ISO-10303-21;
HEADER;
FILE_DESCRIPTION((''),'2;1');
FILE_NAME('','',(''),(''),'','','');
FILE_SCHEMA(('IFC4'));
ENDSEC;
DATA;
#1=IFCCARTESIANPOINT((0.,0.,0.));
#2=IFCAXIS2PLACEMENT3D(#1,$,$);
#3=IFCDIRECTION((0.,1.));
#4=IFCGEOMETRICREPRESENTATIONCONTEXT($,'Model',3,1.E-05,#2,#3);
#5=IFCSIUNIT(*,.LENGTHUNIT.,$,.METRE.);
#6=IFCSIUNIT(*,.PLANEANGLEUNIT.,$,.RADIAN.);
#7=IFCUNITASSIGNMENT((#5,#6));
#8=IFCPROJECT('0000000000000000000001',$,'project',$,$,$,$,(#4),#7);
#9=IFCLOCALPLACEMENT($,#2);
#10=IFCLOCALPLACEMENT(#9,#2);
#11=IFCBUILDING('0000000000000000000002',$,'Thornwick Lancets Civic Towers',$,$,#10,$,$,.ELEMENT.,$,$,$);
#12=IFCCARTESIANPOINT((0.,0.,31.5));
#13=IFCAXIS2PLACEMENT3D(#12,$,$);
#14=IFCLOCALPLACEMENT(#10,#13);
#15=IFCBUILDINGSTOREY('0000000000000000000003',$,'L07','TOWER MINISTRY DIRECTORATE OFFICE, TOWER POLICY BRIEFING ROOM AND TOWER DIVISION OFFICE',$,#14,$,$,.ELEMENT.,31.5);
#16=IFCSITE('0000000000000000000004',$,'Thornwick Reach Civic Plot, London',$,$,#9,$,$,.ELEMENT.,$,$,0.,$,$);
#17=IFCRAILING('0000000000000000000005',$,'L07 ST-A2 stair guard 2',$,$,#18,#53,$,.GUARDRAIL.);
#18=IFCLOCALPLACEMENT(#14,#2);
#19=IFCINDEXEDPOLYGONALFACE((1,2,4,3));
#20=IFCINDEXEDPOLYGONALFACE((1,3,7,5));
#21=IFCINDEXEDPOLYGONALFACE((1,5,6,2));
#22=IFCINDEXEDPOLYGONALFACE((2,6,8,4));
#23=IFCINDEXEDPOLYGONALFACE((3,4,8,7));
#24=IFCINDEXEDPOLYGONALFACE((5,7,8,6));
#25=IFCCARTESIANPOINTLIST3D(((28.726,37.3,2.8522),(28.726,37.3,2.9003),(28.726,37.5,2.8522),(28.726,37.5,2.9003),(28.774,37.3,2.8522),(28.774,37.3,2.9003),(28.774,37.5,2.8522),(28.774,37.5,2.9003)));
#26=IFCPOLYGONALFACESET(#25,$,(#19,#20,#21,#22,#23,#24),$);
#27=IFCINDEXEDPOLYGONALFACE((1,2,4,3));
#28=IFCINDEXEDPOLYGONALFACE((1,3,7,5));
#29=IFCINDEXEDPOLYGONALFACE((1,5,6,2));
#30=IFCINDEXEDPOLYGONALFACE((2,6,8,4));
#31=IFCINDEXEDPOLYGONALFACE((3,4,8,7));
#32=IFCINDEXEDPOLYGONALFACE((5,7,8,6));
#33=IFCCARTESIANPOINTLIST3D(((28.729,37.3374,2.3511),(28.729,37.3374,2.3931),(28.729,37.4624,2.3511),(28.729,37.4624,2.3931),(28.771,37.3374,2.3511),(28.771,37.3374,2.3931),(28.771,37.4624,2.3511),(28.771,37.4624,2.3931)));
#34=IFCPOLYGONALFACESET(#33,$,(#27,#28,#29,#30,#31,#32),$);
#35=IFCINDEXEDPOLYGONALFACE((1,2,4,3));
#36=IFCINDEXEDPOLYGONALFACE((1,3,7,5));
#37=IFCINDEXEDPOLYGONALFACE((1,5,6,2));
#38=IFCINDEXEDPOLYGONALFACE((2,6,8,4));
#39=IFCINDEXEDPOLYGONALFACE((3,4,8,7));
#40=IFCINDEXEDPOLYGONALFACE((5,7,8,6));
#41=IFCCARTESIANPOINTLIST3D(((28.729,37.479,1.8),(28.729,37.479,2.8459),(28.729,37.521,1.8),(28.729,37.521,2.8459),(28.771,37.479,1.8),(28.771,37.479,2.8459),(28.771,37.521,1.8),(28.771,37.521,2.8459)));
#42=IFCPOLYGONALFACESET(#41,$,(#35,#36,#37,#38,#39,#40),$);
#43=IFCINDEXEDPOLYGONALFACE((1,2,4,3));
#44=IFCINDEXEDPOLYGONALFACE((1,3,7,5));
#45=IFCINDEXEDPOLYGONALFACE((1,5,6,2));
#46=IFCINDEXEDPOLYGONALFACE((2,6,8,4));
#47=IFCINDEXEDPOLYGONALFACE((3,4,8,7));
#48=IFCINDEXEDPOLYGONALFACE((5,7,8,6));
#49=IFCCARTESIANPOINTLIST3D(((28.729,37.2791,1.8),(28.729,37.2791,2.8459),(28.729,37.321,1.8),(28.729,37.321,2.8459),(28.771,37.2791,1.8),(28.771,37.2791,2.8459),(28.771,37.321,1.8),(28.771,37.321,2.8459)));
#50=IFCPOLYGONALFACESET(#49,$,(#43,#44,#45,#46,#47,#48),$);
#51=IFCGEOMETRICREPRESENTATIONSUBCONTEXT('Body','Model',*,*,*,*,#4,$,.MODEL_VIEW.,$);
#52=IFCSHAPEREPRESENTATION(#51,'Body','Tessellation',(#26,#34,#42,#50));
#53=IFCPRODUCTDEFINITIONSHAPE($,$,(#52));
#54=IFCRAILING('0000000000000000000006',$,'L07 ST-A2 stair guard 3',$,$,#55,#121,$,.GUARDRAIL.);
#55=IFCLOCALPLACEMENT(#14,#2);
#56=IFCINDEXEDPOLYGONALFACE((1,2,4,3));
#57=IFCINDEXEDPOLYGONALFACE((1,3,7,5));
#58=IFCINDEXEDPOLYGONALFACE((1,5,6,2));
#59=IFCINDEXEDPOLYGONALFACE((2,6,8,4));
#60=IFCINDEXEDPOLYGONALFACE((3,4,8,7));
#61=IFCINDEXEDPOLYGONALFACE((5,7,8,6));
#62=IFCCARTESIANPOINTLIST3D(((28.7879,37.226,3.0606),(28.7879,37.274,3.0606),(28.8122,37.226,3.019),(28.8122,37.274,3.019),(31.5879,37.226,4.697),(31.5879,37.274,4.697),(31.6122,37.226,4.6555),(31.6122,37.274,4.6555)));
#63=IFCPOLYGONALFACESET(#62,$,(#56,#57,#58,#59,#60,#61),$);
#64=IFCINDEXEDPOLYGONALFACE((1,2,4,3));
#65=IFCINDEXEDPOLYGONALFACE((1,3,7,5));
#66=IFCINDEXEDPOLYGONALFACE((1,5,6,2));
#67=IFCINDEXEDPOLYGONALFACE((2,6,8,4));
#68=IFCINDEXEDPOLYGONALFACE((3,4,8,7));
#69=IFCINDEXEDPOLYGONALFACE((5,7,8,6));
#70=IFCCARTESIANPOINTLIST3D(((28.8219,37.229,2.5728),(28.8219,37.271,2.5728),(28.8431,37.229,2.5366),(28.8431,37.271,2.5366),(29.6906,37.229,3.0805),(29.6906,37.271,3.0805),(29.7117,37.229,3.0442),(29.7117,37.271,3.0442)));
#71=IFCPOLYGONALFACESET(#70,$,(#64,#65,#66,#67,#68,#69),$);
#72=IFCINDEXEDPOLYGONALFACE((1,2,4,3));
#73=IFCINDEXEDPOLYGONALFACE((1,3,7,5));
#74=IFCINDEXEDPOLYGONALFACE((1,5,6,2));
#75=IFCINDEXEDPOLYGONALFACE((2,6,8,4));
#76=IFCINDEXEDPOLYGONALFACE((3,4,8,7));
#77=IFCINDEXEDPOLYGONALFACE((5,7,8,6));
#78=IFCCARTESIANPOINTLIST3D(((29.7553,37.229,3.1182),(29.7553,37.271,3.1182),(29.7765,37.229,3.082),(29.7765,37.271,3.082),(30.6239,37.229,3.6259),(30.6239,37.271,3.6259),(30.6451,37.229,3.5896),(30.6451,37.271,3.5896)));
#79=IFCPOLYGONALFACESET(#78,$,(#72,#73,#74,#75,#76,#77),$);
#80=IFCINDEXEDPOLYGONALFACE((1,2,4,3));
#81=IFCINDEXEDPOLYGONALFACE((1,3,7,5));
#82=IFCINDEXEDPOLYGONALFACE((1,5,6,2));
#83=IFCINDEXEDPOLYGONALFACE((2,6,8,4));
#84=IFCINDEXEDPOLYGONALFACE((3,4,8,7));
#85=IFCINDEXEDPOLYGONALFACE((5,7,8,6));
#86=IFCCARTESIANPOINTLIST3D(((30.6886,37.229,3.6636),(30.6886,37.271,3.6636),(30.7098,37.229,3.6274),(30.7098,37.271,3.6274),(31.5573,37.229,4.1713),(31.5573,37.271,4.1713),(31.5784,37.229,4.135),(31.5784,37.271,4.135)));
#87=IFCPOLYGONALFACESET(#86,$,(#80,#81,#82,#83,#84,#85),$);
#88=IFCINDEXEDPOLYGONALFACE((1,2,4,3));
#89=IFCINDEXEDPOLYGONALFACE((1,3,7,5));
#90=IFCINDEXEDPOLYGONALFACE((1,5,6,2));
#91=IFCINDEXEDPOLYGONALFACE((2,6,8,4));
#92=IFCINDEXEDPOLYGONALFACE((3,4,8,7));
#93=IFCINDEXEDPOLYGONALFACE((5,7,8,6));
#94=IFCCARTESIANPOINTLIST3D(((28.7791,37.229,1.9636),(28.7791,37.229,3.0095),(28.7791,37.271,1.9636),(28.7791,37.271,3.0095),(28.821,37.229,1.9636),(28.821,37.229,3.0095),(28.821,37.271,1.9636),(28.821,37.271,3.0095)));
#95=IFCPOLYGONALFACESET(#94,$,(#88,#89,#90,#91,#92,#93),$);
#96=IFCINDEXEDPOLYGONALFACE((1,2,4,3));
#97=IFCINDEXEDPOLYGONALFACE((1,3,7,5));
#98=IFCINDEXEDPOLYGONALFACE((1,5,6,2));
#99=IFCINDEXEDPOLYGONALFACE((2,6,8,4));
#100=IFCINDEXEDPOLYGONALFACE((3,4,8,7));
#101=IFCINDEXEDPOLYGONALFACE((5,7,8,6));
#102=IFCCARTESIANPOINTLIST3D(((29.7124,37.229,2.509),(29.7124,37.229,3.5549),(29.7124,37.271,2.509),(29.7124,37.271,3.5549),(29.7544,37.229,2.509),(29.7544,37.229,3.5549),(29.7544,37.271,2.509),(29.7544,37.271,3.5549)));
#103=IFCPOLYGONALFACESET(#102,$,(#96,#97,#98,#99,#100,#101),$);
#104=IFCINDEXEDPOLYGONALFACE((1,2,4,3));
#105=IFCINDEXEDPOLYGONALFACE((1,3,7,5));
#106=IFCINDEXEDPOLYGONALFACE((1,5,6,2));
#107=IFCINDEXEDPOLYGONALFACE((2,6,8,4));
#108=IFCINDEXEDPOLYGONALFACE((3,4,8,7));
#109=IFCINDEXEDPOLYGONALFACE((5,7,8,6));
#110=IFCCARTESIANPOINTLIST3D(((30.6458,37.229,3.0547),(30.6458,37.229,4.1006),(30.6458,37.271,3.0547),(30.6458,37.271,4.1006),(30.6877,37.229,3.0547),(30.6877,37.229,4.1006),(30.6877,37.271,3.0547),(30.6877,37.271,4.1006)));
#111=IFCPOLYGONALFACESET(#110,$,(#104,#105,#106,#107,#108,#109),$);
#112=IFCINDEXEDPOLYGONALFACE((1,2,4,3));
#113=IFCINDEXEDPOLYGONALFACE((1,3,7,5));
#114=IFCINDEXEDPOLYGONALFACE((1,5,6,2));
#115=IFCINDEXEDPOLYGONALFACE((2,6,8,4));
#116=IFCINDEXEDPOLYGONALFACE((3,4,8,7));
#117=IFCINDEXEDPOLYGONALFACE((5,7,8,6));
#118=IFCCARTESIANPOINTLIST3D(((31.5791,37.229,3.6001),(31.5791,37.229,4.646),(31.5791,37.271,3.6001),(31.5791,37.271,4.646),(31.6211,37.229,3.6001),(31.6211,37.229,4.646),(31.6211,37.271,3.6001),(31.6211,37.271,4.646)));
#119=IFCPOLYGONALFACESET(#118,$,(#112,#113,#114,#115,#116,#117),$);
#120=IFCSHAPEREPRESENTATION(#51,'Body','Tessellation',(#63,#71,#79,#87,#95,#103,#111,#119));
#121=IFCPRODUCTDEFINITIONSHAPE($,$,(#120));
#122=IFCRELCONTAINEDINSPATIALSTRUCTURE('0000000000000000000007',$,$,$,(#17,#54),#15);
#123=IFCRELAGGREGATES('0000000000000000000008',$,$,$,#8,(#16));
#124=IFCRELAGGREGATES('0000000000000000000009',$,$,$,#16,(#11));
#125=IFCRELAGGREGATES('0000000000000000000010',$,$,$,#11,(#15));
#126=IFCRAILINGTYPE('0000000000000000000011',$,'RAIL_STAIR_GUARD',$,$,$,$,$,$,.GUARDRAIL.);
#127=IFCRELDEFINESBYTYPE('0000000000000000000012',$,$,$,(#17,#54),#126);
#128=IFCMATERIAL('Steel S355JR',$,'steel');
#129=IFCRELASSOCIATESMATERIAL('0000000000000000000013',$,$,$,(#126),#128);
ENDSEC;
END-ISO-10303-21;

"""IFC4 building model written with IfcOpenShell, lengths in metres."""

from ifc_helpers import new_model, si_unit, direction, frame, origin, origin_2d, place, context, subcontext, project, spatial, rectangle, extrude, material, type_object, element, save


model = new_model("IFC4")

# Units and contexts
model_context = context("Model", 3, precision=1e-05, world=origin(), true_north=direction((0.0, 1.0)))
body_context = subcontext(model_context, "Body", "Model", "MODEL_VIEW")
ifc_project = project(units=[si_unit("LENGTHUNIT", "METRE"), si_unit("PLANEANGLEUNIT", "RADIAN")], contexts=[model_context])

# Site, building, storey
site_placement = place(None, origin())
site = spatial("IfcSite", under=ifc_project, at=site_placement, Name="Thornwick Reach Civic Plot, London", CompositionType="ELEMENT", RefElevation=0.0)
building_placement = place(site_placement, origin())
building = spatial("IfcBuilding", under=site, at=building_placement, Name="Thornwick Lancets Civic Towers", CompositionType="ELEMENT")
storey_placement = place(building_placement, frame((0.0, 0.0, 31.5)))
storey = spatial("IfcBuildingStorey", under=building, at=storey_placement, Name="L07", Description="TOWER MINISTRY DIRECTORATE OFFICE, TOWER POLICY BRIEFING ROOM AND TOWER DIVISION OFFICE", CompositionType="ELEMENT", Elevation=31.5)

# Shared definitions
ifc_material_1 = material(Name="Steel S355JR", Category="steel")

# Railings
railing_type_1 = type_object("IfcRailingType", Name="RAIL_STAIR_GUARD", PredefinedType="GUARDRAIL", material=ifc_material_1)
railing_1_placement = place(storey_placement, frame((28.75, 37.5, 1.8)))
element("IfcRailing", 1, at=railing_1_placement, inside=storey, type_object=railing_type_1, Name="L07 ST-A2 stair guard 2", PredefinedType="GUARDRAIL", context=body_context, shape_type="SweptSolid", body=[
    extrude(rectangle(XDim=0.0481, YDim=0.0481, at=origin_2d()), frame((0.0, 0.0, 1.0762), z_axis=(0.0, -1.0, 0.0), x_axis=(1.0, 0.0, 0.0)), (0.0, 0.0, 1.0), 0.2),
    extrude(rectangle(XDim=0.042, YDim=0.042, at=origin_2d()), frame((0.0, -0.0376, 0.572), z_axis=(0.0, -1.0, 0.0), x_axis=(1.0, 0.0, 0.0)), (0.0, 0.0, 1.0), 0.125),
    extrude(rectangle(XDim=0.042, YDim=0.042, at=origin_2d()), origin(), (0.0, 0.0, 1.0), 1.0459),
    extrude(rectangle(XDim=0.042, YDim=0.042, at=origin_2d()), frame((0.0, -0.2, 0.0)), (0.0, 0.0, 1.0), 1.0459),
])
railing_2_placement = place(storey_placement, frame((28.8, 37.25, 1.9636)))
element("IfcRailing", 2, at=railing_2_placement, inside=storey, type_object=railing_type_1, Name="L07 ST-A2 stair guard 3", PredefinedType="GUARDRAIL", context=body_context, shape_type="SweptSolid", body=[
    extrude(rectangle(XDim=0.0481, YDim=0.0481, at=origin_2d()), frame((0.0, 0.0, 1.0762), z_axis=(0.863361, 0.0, 0.504587), x_axis=(0.0, 1.0, 0.0)), (0.0, 0.0, 1.0), 3.2432),
    extrude(rectangle(XDim=0.042, YDim=0.042, at=origin_2d()), frame((0.0325, 0.0, 0.5911), z_axis=(0.863361, 0.0, 0.504587), x_axis=(0.0, 1.0, 0.0)), (0.0, 0.0, 1.0), 1.0061),
    extrude(rectangle(XDim=0.042, YDim=0.042, at=origin_2d()), frame((0.9658, 0.0, 1.1365), z_axis=(0.863361, 0.0, 0.504587), x_axis=(0.0, 1.0, 0.0)), (0.0, 0.0, 1.0), 1.0061),
    extrude(rectangle(XDim=0.042, YDim=0.042, at=origin_2d()), frame((1.8992, 0.0, 1.6819), z_axis=(0.863361, 0.0, 0.504587), x_axis=(0.0, 1.0, 0.0)), (0.0, 0.0, 1.0), 1.0061),
    extrude(rectangle(XDim=0.042, YDim=0.042, at=origin_2d()), origin(), (0.0, 0.0, 1.0), 1.0459),
    extrude(rectangle(XDim=0.042, YDim=0.042, at=origin_2d()), frame((0.9333, 0.0, 0.5454)), (0.0, 0.0, 1.0), 1.0459),
    extrude(rectangle(XDim=0.042, YDim=0.042, at=origin_2d()), frame((1.8667, 0.0, 1.0911)), (0.0, 0.0, 1.0), 1.0459),
    extrude(rectangle(XDim=0.042, YDim=0.042, at=origin_2d()), frame((2.8, 0.0, 1.6365)), (0.0, 0.0, 1.0), 1.0459),
])

save(model, "model.ifc")
